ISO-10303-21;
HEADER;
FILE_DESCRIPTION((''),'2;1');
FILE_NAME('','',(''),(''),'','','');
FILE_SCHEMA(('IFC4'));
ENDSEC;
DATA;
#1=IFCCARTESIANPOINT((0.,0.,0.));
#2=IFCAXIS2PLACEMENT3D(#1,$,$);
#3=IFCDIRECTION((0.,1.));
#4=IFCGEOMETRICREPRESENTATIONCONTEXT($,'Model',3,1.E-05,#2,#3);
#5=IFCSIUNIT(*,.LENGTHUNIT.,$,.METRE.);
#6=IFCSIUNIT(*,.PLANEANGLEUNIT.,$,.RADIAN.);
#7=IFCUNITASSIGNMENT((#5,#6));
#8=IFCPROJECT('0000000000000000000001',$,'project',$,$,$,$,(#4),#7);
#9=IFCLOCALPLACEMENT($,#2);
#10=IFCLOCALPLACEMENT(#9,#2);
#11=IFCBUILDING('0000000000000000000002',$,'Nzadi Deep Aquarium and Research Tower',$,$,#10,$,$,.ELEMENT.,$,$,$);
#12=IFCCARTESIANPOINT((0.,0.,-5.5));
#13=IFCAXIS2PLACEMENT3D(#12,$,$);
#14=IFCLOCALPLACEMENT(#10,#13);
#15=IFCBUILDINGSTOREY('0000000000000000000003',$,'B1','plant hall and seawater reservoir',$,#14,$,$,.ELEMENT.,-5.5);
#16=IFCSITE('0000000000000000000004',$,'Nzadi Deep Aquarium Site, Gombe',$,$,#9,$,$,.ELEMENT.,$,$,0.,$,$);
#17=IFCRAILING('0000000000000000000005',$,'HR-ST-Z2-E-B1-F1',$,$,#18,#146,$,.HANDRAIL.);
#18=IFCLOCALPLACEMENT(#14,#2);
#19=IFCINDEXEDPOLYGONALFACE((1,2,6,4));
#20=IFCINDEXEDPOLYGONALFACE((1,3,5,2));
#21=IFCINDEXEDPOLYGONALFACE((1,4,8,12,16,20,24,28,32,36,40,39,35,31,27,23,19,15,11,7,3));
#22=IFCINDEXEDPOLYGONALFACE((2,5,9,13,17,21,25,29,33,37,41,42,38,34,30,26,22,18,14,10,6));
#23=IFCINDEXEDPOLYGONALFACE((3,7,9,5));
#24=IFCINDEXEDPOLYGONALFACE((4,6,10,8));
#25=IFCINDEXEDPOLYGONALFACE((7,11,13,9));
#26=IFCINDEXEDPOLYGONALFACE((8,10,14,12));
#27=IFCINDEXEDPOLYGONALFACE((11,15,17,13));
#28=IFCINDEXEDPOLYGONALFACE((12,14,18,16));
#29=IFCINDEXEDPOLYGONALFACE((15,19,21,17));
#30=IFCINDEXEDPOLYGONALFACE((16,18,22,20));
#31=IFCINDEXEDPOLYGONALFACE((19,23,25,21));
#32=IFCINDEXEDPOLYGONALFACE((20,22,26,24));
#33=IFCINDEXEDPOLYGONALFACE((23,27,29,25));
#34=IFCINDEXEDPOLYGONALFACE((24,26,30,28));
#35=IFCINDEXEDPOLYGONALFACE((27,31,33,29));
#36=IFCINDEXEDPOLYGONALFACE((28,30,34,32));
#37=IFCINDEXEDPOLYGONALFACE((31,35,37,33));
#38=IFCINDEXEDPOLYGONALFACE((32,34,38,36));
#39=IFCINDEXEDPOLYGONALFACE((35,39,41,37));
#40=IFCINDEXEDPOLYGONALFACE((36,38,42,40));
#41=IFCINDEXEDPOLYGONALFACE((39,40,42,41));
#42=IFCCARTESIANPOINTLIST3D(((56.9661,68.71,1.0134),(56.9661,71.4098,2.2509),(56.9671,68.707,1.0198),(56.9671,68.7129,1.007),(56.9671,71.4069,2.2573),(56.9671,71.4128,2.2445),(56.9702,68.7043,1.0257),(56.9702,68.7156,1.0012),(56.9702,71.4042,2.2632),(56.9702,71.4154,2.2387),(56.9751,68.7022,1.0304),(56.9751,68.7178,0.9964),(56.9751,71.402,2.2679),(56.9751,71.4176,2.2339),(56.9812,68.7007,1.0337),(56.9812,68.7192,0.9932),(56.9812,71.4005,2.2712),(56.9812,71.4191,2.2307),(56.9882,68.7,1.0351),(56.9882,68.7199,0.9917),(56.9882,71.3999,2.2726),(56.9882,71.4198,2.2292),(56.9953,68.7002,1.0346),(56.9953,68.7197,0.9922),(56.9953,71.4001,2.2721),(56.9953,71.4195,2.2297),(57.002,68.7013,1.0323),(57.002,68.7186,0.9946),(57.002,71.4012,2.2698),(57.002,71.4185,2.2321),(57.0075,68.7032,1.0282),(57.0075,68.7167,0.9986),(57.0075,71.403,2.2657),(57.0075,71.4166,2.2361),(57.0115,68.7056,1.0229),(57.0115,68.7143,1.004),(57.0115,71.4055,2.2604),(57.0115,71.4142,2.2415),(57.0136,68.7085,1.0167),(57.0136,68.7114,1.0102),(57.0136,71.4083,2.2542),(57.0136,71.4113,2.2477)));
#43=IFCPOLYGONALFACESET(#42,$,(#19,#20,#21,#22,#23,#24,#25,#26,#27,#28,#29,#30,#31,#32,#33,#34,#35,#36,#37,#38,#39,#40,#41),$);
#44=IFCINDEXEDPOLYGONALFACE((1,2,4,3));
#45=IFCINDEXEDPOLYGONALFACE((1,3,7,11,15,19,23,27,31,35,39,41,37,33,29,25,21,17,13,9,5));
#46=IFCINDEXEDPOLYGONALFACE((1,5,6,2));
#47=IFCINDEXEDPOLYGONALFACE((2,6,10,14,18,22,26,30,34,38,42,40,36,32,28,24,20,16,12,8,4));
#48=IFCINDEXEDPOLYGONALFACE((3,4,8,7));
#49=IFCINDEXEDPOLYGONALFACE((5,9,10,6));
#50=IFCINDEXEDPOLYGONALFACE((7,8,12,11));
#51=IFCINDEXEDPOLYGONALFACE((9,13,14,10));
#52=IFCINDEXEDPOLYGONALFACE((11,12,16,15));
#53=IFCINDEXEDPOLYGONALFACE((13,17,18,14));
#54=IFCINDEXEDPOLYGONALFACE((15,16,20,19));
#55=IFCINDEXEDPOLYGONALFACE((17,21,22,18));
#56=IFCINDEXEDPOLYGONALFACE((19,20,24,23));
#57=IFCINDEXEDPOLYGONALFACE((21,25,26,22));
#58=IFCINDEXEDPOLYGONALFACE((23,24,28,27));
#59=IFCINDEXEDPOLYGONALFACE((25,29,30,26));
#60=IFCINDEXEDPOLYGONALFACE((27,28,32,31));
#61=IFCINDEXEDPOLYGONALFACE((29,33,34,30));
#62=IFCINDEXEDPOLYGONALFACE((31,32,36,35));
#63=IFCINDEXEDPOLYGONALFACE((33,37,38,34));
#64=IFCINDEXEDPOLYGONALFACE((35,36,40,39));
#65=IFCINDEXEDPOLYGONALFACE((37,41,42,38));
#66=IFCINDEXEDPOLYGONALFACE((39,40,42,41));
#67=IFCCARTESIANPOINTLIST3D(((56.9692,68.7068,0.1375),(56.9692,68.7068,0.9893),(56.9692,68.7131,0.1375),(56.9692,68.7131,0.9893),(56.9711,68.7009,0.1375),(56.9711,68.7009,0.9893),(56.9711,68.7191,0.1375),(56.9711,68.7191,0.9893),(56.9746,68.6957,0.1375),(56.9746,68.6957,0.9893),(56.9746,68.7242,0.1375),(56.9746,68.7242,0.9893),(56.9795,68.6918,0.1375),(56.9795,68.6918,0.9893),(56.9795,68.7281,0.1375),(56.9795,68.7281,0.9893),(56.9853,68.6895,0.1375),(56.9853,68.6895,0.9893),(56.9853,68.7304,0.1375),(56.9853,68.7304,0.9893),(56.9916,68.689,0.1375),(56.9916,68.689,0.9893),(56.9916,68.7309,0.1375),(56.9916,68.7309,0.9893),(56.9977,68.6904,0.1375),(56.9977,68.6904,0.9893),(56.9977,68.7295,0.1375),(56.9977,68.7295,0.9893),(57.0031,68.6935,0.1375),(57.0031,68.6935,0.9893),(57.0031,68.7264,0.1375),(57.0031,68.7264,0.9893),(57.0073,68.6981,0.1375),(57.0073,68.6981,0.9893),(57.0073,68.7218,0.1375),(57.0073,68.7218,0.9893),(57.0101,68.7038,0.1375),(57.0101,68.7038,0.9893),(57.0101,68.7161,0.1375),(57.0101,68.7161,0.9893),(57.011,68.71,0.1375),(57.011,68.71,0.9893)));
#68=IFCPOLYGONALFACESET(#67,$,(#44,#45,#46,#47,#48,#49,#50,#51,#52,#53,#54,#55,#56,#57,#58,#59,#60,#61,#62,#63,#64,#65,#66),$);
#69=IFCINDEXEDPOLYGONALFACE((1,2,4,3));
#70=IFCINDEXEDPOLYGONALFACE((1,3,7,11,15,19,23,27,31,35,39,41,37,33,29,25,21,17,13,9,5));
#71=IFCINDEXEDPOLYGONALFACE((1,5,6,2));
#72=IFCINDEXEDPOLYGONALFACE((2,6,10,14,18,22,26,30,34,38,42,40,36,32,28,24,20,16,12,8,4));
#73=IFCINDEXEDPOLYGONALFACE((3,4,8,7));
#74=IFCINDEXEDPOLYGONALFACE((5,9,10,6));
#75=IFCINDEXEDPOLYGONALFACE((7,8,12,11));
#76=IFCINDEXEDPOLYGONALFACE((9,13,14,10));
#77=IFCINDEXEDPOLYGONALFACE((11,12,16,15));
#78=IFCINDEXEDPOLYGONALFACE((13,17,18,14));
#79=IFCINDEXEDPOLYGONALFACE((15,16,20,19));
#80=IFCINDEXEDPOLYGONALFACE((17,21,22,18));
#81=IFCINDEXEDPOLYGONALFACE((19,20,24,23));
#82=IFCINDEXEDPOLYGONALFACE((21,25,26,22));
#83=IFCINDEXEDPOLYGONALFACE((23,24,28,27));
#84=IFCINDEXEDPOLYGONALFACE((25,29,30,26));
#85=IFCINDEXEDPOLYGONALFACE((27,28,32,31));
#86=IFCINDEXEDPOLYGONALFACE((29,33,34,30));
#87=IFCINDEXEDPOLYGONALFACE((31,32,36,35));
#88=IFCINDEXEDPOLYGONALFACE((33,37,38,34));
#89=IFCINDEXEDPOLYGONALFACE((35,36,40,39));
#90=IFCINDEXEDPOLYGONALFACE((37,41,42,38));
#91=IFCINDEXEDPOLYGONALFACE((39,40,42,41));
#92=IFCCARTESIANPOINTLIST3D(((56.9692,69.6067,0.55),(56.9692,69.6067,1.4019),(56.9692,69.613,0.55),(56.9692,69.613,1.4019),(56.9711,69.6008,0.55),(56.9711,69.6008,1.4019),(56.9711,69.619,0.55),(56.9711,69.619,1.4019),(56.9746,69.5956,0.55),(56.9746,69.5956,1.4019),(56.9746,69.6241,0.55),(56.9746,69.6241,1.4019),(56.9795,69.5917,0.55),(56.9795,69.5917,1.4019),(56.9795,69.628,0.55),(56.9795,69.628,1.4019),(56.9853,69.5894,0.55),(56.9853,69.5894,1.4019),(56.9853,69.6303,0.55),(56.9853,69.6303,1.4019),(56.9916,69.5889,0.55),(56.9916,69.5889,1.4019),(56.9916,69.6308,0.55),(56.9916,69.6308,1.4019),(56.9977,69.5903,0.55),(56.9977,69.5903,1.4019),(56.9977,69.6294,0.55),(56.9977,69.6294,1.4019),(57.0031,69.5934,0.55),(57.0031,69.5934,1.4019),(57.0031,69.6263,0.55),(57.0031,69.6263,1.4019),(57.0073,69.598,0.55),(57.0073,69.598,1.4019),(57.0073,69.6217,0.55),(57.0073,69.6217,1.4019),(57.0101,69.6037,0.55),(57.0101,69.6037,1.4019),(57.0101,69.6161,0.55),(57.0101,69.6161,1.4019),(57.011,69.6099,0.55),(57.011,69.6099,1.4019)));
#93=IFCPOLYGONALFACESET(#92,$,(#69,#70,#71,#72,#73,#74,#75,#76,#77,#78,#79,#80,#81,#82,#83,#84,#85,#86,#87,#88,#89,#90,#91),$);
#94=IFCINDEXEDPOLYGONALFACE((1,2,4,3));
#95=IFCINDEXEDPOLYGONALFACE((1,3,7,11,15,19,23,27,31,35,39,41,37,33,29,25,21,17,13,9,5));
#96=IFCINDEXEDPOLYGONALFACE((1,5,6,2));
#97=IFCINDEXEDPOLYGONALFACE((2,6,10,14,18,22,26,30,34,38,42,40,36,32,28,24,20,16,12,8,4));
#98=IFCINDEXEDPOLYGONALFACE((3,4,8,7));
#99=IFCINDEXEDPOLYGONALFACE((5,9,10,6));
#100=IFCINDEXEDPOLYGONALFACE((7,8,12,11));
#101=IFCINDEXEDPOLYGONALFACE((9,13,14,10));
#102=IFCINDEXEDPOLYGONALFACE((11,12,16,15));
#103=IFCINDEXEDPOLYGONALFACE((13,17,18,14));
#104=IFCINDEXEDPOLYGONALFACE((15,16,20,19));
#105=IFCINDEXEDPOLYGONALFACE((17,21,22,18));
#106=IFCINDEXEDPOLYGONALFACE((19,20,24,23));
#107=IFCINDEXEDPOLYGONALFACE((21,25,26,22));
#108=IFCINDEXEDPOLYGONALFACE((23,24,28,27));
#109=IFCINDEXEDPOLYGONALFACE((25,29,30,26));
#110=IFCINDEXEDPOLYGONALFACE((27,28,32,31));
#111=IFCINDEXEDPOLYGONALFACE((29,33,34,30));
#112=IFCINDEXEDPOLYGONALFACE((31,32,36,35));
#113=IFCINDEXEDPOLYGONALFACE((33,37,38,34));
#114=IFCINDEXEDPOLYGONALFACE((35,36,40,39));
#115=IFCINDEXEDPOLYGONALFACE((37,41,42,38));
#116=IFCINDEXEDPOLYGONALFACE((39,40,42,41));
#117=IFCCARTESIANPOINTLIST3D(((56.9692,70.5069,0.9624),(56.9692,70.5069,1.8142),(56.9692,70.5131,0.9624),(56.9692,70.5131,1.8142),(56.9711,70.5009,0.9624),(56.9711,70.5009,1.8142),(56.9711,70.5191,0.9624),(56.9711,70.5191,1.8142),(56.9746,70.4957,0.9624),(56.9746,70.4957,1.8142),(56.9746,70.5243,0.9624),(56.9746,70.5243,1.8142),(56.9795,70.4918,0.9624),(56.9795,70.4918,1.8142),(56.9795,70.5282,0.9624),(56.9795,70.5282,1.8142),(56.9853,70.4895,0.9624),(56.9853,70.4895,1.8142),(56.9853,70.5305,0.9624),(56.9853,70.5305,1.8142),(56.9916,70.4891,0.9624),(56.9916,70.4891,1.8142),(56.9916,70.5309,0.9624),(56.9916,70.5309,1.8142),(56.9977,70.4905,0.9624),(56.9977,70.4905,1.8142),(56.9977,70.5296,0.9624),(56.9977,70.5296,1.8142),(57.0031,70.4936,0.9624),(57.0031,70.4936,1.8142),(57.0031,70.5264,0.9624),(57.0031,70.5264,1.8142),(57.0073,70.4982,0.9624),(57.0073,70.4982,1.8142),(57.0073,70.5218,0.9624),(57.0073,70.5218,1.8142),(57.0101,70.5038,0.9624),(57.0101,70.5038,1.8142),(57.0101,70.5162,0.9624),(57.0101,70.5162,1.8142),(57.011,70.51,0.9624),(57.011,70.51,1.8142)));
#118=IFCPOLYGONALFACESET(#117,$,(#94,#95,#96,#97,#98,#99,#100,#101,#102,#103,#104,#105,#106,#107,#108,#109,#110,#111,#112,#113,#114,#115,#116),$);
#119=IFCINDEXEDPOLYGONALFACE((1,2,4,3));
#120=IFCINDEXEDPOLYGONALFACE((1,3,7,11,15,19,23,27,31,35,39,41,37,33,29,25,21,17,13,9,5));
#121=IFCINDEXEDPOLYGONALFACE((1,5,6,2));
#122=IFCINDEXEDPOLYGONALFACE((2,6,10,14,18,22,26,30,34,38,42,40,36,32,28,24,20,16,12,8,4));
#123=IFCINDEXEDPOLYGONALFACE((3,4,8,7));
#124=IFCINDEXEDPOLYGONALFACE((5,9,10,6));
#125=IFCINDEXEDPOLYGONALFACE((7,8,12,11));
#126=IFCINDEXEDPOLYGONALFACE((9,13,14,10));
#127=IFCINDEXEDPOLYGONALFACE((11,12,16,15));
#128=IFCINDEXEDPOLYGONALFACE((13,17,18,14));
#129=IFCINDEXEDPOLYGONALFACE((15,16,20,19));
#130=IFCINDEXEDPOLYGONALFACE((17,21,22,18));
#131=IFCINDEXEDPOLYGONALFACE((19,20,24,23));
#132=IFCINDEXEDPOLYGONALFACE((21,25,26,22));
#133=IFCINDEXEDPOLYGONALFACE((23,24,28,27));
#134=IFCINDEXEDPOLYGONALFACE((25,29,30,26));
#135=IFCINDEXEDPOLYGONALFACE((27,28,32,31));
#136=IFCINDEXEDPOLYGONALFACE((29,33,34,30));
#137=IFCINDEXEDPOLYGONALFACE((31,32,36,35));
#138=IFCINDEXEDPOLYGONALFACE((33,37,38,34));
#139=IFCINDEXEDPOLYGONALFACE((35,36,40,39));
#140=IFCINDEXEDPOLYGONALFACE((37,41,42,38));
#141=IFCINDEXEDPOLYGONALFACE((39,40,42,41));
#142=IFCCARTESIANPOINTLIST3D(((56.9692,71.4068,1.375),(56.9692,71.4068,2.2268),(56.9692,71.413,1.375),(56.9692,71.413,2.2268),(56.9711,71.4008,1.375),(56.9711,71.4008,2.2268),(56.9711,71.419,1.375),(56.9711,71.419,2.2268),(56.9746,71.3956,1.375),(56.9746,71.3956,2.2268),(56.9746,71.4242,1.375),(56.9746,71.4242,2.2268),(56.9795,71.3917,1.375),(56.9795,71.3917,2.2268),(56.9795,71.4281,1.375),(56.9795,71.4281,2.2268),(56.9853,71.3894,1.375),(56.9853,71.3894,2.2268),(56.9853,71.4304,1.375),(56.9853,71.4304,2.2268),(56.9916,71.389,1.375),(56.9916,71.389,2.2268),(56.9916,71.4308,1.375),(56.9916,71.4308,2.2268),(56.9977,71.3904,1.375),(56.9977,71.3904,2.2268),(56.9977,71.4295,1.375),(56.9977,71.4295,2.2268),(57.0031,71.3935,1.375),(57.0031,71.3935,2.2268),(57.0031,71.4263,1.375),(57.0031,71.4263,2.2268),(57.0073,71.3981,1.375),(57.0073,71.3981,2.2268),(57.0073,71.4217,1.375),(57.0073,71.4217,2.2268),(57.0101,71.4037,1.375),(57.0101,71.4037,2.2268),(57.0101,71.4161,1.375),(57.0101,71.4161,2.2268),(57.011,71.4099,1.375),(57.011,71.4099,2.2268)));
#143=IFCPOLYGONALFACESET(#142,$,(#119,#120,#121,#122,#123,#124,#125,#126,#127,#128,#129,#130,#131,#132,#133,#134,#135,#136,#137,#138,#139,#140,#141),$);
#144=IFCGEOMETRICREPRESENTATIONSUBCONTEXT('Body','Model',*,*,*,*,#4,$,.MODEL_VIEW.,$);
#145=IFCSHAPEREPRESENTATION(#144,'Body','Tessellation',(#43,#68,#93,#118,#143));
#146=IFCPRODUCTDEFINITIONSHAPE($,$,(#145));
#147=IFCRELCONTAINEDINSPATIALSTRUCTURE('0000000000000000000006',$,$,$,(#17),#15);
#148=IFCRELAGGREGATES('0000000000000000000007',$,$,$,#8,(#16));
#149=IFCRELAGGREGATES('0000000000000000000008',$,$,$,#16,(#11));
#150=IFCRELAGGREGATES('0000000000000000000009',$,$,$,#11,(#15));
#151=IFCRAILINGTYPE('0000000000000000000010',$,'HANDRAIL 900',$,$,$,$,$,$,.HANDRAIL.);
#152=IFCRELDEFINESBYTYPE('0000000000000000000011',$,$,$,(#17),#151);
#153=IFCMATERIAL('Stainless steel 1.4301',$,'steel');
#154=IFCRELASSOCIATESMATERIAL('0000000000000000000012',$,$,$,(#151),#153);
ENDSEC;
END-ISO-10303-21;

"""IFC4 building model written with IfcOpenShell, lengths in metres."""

from ifc_helpers import new_model, si_unit, direction, frame, origin, origin_2d, place, context, subcontext, project, spatial, circle, extrude, material, type_object, element, save


model = new_model("IFC4")

# Units and contexts
model_context = context("Model", 3, precision=1e-05, world=origin(), true_north=direction((0.0, 1.0)))
body_context = subcontext(model_context, "Body", "Model", "MODEL_VIEW")
ifc_project = project(units=[si_unit("LENGTHUNIT", "METRE"), si_unit("PLANEANGLEUNIT", "RADIAN")], contexts=[model_context])

# Site, building, storey
site_placement = place(None, origin())
site = spatial("IfcSite", under=ifc_project, at=site_placement, Name="Nzadi Deep Aquarium Site, Gombe", CompositionType="ELEMENT", RefElevation=0.0)
building_placement = place(site_placement, origin())
building = spatial("IfcBuilding", under=site, at=building_placement, Name="Nzadi Deep Aquarium and Research Tower", CompositionType="ELEMENT")
storey_placement = place(building_placement, frame((0.0, 0.0, -5.5)))
storey = spatial("IfcBuildingStorey", under=building, at=storey_placement, Name="B1", Description="plant hall and seawater reservoir", CompositionType="ELEMENT", Elevation=-5.5)

# Railing
ifc_material_1 = material(Name="Stainless steel 1.4301", Category="steel")
railing_type = type_object("IfcRailingType", Name="HANDRAIL 900", PredefinedType="HANDRAIL", material=ifc_material_1)
for number, where, name in (
    (1, (56.99, 68.71, 0.1375), "HR-ST-Z2-E-B1-F1"),
):
    element("IfcRailing", number, at=place(storey_placement, frame(where)), inside=storey, type_object=railing_type, Name=name, PredefinedType="HANDRAIL", context=body_context, shape_type="SweptSolid", body=[
        extrude(circle(Radius=0.0239, at=origin_2d()), frame((0.0, 0.0, 0.876), z_axis=(0.0, 0.909056, 0.416675), x_axis=(-1.0, 0.0, 0.0)), (0.0, 0.0, 1.0), 2.97),
        extrude(circle(Radius=0.021, at=origin_2d()), origin(), (0.0, 0.0, 1.0), 0.8518),
        extrude(circle(Radius=0.021, at=origin_2d()), frame((0.0, 0.8999, 0.4126)), (0.0, 0.0, 1.0), 0.8518),
        extrude(circle(Radius=0.021, at=origin_2d()), frame((0.0, 1.8, 0.825)), (0.0, 0.0, 1.0), 0.8518),
        extrude(circle(Radius=0.021, at=origin_2d()), frame((0.0, 2.7, 1.2375)), (0.0, 0.0, 1.0), 0.8518),
    ])

save(model, "model.ifc")
